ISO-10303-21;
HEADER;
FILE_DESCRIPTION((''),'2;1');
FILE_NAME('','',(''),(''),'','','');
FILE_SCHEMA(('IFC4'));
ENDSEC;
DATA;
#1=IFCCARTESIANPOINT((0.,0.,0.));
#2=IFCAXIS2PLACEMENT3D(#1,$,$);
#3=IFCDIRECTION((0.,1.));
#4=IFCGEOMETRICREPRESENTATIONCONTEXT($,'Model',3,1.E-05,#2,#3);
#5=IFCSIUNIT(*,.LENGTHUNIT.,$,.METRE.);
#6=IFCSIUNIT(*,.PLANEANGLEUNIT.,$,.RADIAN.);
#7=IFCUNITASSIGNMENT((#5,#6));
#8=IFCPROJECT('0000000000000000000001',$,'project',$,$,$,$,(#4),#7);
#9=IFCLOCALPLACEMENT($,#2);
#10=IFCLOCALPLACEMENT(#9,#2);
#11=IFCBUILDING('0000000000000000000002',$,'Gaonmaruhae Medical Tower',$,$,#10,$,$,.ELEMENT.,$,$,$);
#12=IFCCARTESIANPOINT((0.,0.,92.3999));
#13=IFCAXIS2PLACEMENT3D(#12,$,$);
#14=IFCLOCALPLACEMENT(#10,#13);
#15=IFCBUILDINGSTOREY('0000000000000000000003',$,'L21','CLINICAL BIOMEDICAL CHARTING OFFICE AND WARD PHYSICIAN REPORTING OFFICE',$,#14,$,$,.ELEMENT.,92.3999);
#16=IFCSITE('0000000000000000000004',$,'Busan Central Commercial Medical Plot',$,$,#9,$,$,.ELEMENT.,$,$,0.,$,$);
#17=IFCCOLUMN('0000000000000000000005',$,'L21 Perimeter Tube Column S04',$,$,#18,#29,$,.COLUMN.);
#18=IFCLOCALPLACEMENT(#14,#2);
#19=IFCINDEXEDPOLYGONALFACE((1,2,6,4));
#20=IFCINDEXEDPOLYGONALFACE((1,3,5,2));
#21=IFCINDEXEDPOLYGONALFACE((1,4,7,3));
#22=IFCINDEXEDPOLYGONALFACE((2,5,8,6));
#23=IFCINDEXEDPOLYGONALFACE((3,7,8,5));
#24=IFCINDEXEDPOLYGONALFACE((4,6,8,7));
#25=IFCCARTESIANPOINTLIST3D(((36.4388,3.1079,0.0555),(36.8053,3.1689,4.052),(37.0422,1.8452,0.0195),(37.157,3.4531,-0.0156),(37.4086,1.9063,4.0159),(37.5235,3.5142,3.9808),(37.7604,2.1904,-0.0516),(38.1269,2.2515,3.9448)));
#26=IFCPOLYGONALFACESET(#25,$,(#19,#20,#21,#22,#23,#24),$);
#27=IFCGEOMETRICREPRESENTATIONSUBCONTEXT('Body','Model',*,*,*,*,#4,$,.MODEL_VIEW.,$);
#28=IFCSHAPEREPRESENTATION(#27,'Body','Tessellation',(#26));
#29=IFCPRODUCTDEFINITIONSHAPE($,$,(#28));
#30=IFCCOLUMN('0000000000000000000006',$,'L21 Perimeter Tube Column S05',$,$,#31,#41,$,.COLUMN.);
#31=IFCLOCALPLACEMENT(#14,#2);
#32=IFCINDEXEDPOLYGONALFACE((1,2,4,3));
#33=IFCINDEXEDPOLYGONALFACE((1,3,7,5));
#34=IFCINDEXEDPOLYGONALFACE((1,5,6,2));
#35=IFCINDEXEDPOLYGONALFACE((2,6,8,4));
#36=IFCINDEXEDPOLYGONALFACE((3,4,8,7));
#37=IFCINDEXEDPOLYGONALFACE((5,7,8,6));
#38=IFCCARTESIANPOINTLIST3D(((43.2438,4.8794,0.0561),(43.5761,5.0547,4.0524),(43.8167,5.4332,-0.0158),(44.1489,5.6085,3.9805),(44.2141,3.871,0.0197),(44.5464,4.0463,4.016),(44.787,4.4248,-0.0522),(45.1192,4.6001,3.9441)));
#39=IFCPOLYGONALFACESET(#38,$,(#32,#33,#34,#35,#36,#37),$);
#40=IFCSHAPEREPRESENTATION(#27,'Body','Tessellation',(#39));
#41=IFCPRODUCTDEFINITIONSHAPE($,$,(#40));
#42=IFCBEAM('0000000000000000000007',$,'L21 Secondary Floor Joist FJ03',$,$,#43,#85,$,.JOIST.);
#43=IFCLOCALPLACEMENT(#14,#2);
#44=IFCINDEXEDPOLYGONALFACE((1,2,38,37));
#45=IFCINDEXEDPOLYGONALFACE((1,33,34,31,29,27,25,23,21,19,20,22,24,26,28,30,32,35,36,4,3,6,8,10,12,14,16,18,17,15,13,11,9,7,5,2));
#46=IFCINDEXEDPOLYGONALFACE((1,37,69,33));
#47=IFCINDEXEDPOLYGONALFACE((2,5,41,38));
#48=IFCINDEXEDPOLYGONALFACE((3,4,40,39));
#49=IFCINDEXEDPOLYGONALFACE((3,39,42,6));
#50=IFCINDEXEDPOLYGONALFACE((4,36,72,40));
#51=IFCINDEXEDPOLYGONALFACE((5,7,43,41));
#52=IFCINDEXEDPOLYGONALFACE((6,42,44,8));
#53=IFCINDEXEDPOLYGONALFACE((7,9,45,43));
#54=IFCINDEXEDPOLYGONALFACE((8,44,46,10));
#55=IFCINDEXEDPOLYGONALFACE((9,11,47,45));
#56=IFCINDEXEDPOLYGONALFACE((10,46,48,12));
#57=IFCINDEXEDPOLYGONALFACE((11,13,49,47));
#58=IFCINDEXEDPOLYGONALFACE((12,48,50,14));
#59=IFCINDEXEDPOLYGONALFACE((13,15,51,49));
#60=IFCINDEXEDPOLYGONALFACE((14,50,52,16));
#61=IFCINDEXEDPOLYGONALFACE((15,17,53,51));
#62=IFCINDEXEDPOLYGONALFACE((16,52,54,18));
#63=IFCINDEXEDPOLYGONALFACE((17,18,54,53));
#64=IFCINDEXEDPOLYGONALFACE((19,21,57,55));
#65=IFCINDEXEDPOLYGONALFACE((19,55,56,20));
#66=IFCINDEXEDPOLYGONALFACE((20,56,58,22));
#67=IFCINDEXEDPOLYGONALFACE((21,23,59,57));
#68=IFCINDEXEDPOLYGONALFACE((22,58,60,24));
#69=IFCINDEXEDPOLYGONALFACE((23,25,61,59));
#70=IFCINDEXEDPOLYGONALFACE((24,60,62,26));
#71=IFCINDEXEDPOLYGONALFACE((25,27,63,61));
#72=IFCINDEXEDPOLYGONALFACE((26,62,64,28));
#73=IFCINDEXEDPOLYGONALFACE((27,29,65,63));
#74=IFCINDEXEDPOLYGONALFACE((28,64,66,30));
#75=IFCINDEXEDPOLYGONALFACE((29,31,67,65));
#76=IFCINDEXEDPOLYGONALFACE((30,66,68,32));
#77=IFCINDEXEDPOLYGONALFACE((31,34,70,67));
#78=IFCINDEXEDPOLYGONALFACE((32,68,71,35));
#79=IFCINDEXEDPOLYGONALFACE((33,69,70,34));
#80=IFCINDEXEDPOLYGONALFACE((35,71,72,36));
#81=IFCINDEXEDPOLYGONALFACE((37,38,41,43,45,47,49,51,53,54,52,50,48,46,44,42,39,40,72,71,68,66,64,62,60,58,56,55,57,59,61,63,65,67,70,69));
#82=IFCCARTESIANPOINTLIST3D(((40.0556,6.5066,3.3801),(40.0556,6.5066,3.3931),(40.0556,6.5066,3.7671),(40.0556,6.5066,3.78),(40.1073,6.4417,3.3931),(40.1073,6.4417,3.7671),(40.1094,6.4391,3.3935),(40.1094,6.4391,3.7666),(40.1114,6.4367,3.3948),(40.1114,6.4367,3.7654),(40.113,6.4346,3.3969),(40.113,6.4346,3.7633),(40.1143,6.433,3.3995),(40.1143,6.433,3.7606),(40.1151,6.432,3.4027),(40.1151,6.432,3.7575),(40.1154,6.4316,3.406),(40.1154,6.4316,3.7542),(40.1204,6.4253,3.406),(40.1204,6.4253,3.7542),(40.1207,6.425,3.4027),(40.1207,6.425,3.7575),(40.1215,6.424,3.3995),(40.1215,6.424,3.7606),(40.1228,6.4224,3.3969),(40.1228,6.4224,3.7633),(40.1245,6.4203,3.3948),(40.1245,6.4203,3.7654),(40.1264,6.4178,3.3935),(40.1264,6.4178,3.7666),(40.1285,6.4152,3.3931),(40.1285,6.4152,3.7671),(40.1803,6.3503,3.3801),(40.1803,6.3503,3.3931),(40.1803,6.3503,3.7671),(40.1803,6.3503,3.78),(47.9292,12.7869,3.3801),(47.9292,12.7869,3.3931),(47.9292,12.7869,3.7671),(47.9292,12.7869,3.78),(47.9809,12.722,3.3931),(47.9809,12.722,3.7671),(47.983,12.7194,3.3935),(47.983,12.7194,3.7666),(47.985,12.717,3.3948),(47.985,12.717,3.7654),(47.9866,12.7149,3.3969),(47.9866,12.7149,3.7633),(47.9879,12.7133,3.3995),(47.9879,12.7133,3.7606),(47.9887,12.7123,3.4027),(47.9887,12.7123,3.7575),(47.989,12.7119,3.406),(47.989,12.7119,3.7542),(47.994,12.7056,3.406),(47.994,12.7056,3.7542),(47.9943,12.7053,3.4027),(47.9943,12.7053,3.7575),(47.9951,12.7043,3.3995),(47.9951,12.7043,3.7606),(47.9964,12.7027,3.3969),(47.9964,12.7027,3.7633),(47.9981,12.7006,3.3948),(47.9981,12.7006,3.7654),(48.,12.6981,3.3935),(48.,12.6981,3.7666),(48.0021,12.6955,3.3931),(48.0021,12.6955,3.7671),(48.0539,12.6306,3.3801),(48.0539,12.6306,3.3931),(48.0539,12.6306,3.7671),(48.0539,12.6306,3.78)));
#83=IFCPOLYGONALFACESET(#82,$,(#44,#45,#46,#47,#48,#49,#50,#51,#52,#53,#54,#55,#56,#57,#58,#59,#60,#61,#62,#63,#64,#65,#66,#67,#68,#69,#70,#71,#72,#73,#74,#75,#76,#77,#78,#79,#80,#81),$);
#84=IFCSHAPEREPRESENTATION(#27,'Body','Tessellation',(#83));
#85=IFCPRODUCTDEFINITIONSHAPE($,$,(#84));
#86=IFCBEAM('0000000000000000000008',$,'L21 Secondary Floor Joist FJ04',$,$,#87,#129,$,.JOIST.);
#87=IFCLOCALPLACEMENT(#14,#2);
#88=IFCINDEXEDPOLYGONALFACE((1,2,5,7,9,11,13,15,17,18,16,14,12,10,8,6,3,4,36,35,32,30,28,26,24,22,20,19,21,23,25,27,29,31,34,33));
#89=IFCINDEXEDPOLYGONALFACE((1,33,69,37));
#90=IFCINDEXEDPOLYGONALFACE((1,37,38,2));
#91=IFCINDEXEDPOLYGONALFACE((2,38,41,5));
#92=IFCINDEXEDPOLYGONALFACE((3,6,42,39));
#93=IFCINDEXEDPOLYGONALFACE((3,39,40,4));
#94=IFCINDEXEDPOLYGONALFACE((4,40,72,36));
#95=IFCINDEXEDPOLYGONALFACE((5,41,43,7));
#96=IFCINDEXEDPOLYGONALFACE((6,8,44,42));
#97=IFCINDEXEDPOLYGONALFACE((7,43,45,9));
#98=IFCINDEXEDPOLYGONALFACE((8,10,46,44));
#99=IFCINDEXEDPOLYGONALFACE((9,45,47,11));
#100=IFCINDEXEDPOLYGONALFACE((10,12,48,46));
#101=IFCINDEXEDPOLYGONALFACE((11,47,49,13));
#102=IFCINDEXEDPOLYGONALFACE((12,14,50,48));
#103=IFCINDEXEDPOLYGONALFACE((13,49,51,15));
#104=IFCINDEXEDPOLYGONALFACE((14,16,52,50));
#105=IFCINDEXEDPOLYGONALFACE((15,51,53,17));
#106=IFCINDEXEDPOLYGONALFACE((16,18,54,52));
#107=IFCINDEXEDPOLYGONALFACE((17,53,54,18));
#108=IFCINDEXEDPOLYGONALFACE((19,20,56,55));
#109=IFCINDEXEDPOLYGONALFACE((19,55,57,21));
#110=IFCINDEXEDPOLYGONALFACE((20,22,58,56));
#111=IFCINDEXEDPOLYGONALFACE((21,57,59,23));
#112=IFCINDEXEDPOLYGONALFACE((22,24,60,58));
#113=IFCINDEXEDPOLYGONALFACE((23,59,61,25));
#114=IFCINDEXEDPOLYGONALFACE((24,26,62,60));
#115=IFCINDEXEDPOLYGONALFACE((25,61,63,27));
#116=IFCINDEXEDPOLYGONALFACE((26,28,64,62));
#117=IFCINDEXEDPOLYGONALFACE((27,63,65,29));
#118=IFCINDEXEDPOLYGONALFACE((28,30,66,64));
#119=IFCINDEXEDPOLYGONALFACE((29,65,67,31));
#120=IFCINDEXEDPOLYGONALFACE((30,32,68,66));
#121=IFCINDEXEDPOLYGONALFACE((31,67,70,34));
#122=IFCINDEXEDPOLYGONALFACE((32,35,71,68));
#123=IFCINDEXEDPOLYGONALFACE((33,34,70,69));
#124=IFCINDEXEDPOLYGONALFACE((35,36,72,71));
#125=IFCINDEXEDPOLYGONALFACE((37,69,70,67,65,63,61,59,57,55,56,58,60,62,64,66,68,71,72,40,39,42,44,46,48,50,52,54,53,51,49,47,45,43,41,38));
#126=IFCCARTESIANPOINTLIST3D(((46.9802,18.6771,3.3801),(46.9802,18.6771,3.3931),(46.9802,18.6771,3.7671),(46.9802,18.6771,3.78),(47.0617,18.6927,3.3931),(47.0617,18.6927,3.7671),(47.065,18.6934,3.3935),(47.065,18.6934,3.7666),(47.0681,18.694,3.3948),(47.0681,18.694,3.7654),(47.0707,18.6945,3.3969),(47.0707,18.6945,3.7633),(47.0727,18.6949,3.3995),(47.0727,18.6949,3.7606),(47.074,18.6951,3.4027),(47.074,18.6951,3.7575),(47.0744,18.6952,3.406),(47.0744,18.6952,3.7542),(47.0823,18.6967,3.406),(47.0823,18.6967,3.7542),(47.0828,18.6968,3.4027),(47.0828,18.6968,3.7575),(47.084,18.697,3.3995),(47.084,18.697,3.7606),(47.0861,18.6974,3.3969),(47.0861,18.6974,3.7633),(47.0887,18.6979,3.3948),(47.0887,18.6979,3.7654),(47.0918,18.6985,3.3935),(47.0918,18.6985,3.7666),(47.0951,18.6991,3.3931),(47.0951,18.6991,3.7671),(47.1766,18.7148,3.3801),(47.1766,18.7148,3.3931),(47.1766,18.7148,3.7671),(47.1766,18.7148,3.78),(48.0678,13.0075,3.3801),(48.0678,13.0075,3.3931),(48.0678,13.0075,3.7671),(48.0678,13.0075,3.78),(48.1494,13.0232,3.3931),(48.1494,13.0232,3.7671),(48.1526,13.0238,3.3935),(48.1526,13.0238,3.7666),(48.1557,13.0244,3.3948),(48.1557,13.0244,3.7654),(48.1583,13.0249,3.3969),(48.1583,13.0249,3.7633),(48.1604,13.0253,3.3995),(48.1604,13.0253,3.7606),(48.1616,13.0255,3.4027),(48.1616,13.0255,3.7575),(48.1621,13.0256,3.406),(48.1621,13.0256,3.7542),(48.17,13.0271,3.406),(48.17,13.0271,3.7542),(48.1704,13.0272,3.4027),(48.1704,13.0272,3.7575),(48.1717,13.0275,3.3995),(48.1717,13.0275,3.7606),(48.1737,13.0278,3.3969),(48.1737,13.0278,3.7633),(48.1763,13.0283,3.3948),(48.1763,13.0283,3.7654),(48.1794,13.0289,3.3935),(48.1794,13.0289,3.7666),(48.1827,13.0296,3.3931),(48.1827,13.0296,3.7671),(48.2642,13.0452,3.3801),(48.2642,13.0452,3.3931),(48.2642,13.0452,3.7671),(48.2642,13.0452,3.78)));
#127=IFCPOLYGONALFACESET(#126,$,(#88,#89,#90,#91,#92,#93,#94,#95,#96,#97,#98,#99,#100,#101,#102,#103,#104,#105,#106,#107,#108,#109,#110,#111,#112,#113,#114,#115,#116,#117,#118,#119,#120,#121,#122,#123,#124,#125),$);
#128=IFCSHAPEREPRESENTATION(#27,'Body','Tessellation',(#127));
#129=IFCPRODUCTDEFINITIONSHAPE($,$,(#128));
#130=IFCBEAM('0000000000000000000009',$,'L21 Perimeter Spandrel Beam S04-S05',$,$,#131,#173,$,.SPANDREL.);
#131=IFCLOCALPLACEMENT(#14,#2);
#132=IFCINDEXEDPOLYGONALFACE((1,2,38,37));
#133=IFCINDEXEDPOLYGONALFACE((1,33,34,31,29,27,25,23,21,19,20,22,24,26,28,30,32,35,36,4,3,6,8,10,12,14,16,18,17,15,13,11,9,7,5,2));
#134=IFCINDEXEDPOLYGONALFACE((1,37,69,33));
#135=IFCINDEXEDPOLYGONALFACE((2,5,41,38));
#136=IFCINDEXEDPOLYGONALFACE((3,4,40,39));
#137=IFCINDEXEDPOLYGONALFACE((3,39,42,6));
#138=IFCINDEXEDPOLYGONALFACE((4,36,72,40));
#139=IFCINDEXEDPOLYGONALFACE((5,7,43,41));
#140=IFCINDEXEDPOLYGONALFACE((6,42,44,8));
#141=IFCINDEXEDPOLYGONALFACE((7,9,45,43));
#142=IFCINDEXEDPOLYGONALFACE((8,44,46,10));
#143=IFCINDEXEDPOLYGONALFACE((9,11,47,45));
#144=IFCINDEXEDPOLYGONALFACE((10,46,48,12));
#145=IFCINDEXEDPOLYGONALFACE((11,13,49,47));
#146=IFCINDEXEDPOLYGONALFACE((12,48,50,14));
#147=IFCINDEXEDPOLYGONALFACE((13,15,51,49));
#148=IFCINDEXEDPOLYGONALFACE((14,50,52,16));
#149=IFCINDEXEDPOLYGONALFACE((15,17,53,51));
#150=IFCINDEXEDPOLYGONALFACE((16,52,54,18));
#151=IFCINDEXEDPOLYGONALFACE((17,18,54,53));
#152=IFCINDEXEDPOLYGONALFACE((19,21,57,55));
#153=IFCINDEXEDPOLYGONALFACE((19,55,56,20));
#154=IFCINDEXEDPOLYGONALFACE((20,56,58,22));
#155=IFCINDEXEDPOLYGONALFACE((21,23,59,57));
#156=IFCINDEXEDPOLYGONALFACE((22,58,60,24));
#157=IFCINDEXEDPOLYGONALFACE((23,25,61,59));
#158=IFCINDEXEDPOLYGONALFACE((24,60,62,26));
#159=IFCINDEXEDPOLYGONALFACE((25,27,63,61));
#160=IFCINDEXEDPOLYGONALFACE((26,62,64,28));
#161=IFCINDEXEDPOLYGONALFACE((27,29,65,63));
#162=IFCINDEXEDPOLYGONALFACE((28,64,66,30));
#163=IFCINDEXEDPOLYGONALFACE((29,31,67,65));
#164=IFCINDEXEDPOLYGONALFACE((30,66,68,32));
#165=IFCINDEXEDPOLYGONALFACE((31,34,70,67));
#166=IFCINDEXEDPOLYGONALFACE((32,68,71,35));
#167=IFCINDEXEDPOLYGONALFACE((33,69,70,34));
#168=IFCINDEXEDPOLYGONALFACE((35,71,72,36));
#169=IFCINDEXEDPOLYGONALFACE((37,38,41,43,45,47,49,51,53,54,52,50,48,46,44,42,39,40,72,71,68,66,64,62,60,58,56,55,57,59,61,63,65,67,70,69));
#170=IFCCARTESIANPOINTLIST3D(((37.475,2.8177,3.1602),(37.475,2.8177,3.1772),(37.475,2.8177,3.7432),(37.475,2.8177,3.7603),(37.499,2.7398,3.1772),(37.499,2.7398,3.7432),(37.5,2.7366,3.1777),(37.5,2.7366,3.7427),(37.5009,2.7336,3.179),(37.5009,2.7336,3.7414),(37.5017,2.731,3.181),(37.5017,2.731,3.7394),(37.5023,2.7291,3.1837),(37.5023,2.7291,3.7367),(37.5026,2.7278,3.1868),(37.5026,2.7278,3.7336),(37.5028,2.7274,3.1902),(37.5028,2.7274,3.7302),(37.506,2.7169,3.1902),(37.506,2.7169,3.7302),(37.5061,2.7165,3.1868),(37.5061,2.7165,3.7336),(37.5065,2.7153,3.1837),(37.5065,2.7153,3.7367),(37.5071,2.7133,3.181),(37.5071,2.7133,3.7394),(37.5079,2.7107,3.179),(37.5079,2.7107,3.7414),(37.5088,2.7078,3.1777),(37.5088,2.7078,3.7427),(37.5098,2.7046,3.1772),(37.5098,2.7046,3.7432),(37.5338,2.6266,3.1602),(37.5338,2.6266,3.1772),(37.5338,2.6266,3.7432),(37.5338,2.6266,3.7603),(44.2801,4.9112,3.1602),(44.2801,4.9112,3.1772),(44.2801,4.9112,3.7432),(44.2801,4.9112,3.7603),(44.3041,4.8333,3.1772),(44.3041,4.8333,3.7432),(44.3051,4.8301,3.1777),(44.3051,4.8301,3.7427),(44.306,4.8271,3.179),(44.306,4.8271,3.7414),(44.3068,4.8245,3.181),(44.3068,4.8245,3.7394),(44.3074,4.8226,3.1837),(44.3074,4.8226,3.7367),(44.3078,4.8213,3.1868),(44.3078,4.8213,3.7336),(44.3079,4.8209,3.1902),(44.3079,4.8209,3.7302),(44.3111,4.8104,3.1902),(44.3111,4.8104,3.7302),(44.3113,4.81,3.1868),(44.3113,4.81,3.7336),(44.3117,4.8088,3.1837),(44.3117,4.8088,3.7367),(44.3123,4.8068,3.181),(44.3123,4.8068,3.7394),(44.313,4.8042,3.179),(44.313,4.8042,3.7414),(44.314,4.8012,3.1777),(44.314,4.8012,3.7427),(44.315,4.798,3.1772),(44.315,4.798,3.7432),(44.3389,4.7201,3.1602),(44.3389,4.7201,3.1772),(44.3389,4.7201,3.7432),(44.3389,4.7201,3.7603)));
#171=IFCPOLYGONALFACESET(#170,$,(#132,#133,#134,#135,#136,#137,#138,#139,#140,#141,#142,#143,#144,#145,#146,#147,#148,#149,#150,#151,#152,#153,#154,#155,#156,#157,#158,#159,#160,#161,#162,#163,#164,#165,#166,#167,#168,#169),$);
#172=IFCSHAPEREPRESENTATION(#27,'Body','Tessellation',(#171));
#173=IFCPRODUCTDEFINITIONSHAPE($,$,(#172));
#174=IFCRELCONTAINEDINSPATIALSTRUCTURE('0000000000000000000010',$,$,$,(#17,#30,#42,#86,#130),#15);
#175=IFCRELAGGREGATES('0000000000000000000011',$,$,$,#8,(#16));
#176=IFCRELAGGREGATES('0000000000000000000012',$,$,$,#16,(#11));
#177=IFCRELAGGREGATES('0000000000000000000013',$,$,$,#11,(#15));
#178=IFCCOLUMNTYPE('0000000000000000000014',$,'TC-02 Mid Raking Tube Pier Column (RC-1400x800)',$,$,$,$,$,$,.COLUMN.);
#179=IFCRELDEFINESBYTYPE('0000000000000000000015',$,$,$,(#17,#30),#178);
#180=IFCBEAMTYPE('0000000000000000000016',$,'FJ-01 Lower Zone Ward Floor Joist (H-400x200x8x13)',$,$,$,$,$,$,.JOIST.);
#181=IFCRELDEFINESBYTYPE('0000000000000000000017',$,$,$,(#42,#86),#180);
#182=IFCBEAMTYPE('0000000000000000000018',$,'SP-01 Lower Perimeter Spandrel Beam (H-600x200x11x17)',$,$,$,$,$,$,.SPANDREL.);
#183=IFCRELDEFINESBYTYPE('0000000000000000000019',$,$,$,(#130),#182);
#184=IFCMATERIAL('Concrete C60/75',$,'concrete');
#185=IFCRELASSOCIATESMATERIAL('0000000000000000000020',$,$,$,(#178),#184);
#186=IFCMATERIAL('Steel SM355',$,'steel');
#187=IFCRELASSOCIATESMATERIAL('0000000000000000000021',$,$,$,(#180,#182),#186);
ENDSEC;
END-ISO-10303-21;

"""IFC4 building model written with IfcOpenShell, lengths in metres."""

from ifc_helpers import new_model, si_unit, direction, frame, origin, origin_2d, place, context, subcontext, project, spatial, rectangle, i_section, extrude, material, material_profile, profile_set, type_object, element, save


model = new_model("IFC4")

# Units and contexts
model_context = context("Model", 3, precision=1e-05, world=origin(), true_north=direction((0.0, 1.0)))
body_context = subcontext(model_context, "Body", "Model", "MODEL_VIEW")
ifc_project = project(units=[si_unit("LENGTHUNIT", "METRE"), si_unit("PLANEANGLEUNIT", "RADIAN")], contexts=[model_context])

# Site, building, storey
site_placement = place(None, origin())
site = spatial("IfcSite", under=ifc_project, at=site_placement, Name="Busan Central Commercial Medical Plot", CompositionType="ELEMENT", RefElevation=0.0)
building_placement = place(site_placement, origin())
building = spatial("IfcBuilding", under=site, at=building_placement, Name="Gaonmaruhae Medical Tower", CompositionType="ELEMENT")
storey_placement = place(building_placement, frame((0.0, 0.0, 92.3999)))
storey = spatial("IfcBuildingStorey", under=building, at=storey_placement, Name="L21", Description="CLINICAL BIOMEDICAL CHARTING OFFICE AND WARD PHYSICIAN REPORTING OFFICE", CompositionType="ELEMENT", Elevation=92.3999)

# Columns
ifc_material_1 = material(Name="Concrete C60/75", Category="concrete")
ifc_material_profile_1 = material_profile(ifc_material_1, rectangle(XDim=1.3999, YDim=0.8, at=origin_2d()), Name="RC-1400x800")
ifc_profile_set_1 = profile_set([ifc_material_profile_1], Name="Concrete C60/75")
column_type = type_object("IfcColumnType", Name="TC-02 Mid Raking Tube Pier Column (RC-1400x800)", PredefinedType="COLUMN", material=ifc_profile_set_1)
column_1_placement = place(storey_placement, frame((37.0996, 2.6492, 0.002), z_axis=(0.091304, 0.015207, 0.995707), x_axis=(-0.431004, 0.901982, 0.025746)))
element("IfcColumn", 1, at=column_1_placement, inside=storey, type_object=column_type, Name="L21 Perimeter Tube Column S04", PredefinedType="COLUMN", context=body_context, shape_type="SweptSolid", body=[
    extrude(rectangle(XDim=1.3999, YDim=0.8, at=origin_2d()), origin(), (0.0, 0.0, 1.0), 4.0137),
])
column_2_placement = place(storey_placement, frame((44.0154, 4.6521, 0.002), z_axis=(0.08278, 0.043671, 0.995611), x_axis=(-0.693127, 0.720345, 0.026033)))
element("IfcColumn", 2, at=column_2_placement, inside=storey, type_object=column_type, Name="L21 Perimeter Tube Column S05", PredefinedType="COLUMN", context=body_context, shape_type="SweptSolid", body=[
    extrude(rectangle(XDim=1.3999, YDim=0.8, at=origin_2d()), origin(), (0.0, 0.0, 1.0), 4.0139),
])

# Beams
ifc_material_2 = material(Name="Steel SM355", Category="steel")
ifc_material_profile_2 = material_profile(ifc_material_2, i_section(OverallWidth=0.2, OverallDepth=0.3999, WebThickness=0.0081, FlangeThickness=0.0129, FilletRadius=0.0129, at=origin_2d()), Name="H-400x200x8x13")
ifc_profile_set_2 = profile_set([ifc_material_profile_2], Name="Steel SM355")
beam_type_1 = type_object("IfcBeamType", Name="FJ-01 Lower Zone Ward Floor Joist (H-400x200x8x13)", PredefinedType="JOIST", material=ifc_profile_set_2)
beam_1_placement = place(storey_placement, frame((40.1179, 6.4285, 3.5801), z_axis=(0.781767, 0.623571, 0.0), x_axis=(-0.623571, 0.781767, 0.0)))
element("IfcBeam", 3, at=beam_1_placement, inside=storey, type_object=beam_type_1, Name="L21 Secondary Floor Joist FJ03", PredefinedType="JOIST", context=body_context, shape_type="SweptSolid", body=[
    extrude(i_section(OverallWidth=0.2, OverallDepth=0.3999, WebThickness=0.0081, FlangeThickness=0.0129, FilletRadius=0.0129, at=origin_2d()), origin(), (0.0, 0.0, 1.0), 10.0715),
])
beam_2_placement = place(storey_placement, frame((48.166, 13.0264, 3.5801), z_axis=(-0.1884, 0.982092, 0.0), x_axis=(-0.982092, -0.1884, 0.0)))
element("IfcBeam", 4, at=beam_2_placement, inside=storey, type_object=beam_type_1, Name="L21 Secondary Floor Joist FJ04", PredefinedType="JOIST", context=body_context, shape_type="SweptSolid", body=[
    extrude(i_section(OverallWidth=0.2, OverallDepth=0.3999, WebThickness=0.0081, FlangeThickness=0.0129, FilletRadius=0.0129, at=origin_2d()), origin(), (0.0, 0.0, 1.0), 5.7729),
])
ifc_material_profile_3 = material_profile(ifc_material_2, i_section(OverallWidth=0.2, OverallDepth=0.6001, WebThickness=0.011, FlangeThickness=0.0171, FilletRadius=0.0129, at=origin_2d()), Name="H-600x200x11x17")
ifc_profile_set_3 = profile_set([ifc_material_profile_3], Name="Steel SM355")
beam_type_2 = type_object("IfcBeamType", Name="SP-01 Lower Perimeter Spandrel Beam (H-600x200x11x17)", PredefinedType="SPANDREL", material=ifc_profile_set_3)
for number, where, z_axis, x_axis, name in (
    (5, (37.5044, 2.7222, 3.4602), (0.955795, 0.294035, 0.0), (-0.294035, 0.955795, 0.0), "L21 Perimeter Spandrel Beam S04-S05"),
):
    element("IfcBeam", number, at=place(storey_placement, frame(where, z_axis=z_axis, x_axis=x_axis)), inside=storey, type_object=beam_type_2, Name=name, PredefinedType="SPANDREL", context=body_context, shape_type="SweptSolid", body=[
        extrude(i_section(OverallWidth=0.2, OverallDepth=0.6001, WebThickness=0.011, FlangeThickness=0.0171, FilletRadius=0.0129, at=origin_2d()), origin(), (0.0, 0.0, 1.0), 7.1199),
    ])

save(model, "model.ifc")
